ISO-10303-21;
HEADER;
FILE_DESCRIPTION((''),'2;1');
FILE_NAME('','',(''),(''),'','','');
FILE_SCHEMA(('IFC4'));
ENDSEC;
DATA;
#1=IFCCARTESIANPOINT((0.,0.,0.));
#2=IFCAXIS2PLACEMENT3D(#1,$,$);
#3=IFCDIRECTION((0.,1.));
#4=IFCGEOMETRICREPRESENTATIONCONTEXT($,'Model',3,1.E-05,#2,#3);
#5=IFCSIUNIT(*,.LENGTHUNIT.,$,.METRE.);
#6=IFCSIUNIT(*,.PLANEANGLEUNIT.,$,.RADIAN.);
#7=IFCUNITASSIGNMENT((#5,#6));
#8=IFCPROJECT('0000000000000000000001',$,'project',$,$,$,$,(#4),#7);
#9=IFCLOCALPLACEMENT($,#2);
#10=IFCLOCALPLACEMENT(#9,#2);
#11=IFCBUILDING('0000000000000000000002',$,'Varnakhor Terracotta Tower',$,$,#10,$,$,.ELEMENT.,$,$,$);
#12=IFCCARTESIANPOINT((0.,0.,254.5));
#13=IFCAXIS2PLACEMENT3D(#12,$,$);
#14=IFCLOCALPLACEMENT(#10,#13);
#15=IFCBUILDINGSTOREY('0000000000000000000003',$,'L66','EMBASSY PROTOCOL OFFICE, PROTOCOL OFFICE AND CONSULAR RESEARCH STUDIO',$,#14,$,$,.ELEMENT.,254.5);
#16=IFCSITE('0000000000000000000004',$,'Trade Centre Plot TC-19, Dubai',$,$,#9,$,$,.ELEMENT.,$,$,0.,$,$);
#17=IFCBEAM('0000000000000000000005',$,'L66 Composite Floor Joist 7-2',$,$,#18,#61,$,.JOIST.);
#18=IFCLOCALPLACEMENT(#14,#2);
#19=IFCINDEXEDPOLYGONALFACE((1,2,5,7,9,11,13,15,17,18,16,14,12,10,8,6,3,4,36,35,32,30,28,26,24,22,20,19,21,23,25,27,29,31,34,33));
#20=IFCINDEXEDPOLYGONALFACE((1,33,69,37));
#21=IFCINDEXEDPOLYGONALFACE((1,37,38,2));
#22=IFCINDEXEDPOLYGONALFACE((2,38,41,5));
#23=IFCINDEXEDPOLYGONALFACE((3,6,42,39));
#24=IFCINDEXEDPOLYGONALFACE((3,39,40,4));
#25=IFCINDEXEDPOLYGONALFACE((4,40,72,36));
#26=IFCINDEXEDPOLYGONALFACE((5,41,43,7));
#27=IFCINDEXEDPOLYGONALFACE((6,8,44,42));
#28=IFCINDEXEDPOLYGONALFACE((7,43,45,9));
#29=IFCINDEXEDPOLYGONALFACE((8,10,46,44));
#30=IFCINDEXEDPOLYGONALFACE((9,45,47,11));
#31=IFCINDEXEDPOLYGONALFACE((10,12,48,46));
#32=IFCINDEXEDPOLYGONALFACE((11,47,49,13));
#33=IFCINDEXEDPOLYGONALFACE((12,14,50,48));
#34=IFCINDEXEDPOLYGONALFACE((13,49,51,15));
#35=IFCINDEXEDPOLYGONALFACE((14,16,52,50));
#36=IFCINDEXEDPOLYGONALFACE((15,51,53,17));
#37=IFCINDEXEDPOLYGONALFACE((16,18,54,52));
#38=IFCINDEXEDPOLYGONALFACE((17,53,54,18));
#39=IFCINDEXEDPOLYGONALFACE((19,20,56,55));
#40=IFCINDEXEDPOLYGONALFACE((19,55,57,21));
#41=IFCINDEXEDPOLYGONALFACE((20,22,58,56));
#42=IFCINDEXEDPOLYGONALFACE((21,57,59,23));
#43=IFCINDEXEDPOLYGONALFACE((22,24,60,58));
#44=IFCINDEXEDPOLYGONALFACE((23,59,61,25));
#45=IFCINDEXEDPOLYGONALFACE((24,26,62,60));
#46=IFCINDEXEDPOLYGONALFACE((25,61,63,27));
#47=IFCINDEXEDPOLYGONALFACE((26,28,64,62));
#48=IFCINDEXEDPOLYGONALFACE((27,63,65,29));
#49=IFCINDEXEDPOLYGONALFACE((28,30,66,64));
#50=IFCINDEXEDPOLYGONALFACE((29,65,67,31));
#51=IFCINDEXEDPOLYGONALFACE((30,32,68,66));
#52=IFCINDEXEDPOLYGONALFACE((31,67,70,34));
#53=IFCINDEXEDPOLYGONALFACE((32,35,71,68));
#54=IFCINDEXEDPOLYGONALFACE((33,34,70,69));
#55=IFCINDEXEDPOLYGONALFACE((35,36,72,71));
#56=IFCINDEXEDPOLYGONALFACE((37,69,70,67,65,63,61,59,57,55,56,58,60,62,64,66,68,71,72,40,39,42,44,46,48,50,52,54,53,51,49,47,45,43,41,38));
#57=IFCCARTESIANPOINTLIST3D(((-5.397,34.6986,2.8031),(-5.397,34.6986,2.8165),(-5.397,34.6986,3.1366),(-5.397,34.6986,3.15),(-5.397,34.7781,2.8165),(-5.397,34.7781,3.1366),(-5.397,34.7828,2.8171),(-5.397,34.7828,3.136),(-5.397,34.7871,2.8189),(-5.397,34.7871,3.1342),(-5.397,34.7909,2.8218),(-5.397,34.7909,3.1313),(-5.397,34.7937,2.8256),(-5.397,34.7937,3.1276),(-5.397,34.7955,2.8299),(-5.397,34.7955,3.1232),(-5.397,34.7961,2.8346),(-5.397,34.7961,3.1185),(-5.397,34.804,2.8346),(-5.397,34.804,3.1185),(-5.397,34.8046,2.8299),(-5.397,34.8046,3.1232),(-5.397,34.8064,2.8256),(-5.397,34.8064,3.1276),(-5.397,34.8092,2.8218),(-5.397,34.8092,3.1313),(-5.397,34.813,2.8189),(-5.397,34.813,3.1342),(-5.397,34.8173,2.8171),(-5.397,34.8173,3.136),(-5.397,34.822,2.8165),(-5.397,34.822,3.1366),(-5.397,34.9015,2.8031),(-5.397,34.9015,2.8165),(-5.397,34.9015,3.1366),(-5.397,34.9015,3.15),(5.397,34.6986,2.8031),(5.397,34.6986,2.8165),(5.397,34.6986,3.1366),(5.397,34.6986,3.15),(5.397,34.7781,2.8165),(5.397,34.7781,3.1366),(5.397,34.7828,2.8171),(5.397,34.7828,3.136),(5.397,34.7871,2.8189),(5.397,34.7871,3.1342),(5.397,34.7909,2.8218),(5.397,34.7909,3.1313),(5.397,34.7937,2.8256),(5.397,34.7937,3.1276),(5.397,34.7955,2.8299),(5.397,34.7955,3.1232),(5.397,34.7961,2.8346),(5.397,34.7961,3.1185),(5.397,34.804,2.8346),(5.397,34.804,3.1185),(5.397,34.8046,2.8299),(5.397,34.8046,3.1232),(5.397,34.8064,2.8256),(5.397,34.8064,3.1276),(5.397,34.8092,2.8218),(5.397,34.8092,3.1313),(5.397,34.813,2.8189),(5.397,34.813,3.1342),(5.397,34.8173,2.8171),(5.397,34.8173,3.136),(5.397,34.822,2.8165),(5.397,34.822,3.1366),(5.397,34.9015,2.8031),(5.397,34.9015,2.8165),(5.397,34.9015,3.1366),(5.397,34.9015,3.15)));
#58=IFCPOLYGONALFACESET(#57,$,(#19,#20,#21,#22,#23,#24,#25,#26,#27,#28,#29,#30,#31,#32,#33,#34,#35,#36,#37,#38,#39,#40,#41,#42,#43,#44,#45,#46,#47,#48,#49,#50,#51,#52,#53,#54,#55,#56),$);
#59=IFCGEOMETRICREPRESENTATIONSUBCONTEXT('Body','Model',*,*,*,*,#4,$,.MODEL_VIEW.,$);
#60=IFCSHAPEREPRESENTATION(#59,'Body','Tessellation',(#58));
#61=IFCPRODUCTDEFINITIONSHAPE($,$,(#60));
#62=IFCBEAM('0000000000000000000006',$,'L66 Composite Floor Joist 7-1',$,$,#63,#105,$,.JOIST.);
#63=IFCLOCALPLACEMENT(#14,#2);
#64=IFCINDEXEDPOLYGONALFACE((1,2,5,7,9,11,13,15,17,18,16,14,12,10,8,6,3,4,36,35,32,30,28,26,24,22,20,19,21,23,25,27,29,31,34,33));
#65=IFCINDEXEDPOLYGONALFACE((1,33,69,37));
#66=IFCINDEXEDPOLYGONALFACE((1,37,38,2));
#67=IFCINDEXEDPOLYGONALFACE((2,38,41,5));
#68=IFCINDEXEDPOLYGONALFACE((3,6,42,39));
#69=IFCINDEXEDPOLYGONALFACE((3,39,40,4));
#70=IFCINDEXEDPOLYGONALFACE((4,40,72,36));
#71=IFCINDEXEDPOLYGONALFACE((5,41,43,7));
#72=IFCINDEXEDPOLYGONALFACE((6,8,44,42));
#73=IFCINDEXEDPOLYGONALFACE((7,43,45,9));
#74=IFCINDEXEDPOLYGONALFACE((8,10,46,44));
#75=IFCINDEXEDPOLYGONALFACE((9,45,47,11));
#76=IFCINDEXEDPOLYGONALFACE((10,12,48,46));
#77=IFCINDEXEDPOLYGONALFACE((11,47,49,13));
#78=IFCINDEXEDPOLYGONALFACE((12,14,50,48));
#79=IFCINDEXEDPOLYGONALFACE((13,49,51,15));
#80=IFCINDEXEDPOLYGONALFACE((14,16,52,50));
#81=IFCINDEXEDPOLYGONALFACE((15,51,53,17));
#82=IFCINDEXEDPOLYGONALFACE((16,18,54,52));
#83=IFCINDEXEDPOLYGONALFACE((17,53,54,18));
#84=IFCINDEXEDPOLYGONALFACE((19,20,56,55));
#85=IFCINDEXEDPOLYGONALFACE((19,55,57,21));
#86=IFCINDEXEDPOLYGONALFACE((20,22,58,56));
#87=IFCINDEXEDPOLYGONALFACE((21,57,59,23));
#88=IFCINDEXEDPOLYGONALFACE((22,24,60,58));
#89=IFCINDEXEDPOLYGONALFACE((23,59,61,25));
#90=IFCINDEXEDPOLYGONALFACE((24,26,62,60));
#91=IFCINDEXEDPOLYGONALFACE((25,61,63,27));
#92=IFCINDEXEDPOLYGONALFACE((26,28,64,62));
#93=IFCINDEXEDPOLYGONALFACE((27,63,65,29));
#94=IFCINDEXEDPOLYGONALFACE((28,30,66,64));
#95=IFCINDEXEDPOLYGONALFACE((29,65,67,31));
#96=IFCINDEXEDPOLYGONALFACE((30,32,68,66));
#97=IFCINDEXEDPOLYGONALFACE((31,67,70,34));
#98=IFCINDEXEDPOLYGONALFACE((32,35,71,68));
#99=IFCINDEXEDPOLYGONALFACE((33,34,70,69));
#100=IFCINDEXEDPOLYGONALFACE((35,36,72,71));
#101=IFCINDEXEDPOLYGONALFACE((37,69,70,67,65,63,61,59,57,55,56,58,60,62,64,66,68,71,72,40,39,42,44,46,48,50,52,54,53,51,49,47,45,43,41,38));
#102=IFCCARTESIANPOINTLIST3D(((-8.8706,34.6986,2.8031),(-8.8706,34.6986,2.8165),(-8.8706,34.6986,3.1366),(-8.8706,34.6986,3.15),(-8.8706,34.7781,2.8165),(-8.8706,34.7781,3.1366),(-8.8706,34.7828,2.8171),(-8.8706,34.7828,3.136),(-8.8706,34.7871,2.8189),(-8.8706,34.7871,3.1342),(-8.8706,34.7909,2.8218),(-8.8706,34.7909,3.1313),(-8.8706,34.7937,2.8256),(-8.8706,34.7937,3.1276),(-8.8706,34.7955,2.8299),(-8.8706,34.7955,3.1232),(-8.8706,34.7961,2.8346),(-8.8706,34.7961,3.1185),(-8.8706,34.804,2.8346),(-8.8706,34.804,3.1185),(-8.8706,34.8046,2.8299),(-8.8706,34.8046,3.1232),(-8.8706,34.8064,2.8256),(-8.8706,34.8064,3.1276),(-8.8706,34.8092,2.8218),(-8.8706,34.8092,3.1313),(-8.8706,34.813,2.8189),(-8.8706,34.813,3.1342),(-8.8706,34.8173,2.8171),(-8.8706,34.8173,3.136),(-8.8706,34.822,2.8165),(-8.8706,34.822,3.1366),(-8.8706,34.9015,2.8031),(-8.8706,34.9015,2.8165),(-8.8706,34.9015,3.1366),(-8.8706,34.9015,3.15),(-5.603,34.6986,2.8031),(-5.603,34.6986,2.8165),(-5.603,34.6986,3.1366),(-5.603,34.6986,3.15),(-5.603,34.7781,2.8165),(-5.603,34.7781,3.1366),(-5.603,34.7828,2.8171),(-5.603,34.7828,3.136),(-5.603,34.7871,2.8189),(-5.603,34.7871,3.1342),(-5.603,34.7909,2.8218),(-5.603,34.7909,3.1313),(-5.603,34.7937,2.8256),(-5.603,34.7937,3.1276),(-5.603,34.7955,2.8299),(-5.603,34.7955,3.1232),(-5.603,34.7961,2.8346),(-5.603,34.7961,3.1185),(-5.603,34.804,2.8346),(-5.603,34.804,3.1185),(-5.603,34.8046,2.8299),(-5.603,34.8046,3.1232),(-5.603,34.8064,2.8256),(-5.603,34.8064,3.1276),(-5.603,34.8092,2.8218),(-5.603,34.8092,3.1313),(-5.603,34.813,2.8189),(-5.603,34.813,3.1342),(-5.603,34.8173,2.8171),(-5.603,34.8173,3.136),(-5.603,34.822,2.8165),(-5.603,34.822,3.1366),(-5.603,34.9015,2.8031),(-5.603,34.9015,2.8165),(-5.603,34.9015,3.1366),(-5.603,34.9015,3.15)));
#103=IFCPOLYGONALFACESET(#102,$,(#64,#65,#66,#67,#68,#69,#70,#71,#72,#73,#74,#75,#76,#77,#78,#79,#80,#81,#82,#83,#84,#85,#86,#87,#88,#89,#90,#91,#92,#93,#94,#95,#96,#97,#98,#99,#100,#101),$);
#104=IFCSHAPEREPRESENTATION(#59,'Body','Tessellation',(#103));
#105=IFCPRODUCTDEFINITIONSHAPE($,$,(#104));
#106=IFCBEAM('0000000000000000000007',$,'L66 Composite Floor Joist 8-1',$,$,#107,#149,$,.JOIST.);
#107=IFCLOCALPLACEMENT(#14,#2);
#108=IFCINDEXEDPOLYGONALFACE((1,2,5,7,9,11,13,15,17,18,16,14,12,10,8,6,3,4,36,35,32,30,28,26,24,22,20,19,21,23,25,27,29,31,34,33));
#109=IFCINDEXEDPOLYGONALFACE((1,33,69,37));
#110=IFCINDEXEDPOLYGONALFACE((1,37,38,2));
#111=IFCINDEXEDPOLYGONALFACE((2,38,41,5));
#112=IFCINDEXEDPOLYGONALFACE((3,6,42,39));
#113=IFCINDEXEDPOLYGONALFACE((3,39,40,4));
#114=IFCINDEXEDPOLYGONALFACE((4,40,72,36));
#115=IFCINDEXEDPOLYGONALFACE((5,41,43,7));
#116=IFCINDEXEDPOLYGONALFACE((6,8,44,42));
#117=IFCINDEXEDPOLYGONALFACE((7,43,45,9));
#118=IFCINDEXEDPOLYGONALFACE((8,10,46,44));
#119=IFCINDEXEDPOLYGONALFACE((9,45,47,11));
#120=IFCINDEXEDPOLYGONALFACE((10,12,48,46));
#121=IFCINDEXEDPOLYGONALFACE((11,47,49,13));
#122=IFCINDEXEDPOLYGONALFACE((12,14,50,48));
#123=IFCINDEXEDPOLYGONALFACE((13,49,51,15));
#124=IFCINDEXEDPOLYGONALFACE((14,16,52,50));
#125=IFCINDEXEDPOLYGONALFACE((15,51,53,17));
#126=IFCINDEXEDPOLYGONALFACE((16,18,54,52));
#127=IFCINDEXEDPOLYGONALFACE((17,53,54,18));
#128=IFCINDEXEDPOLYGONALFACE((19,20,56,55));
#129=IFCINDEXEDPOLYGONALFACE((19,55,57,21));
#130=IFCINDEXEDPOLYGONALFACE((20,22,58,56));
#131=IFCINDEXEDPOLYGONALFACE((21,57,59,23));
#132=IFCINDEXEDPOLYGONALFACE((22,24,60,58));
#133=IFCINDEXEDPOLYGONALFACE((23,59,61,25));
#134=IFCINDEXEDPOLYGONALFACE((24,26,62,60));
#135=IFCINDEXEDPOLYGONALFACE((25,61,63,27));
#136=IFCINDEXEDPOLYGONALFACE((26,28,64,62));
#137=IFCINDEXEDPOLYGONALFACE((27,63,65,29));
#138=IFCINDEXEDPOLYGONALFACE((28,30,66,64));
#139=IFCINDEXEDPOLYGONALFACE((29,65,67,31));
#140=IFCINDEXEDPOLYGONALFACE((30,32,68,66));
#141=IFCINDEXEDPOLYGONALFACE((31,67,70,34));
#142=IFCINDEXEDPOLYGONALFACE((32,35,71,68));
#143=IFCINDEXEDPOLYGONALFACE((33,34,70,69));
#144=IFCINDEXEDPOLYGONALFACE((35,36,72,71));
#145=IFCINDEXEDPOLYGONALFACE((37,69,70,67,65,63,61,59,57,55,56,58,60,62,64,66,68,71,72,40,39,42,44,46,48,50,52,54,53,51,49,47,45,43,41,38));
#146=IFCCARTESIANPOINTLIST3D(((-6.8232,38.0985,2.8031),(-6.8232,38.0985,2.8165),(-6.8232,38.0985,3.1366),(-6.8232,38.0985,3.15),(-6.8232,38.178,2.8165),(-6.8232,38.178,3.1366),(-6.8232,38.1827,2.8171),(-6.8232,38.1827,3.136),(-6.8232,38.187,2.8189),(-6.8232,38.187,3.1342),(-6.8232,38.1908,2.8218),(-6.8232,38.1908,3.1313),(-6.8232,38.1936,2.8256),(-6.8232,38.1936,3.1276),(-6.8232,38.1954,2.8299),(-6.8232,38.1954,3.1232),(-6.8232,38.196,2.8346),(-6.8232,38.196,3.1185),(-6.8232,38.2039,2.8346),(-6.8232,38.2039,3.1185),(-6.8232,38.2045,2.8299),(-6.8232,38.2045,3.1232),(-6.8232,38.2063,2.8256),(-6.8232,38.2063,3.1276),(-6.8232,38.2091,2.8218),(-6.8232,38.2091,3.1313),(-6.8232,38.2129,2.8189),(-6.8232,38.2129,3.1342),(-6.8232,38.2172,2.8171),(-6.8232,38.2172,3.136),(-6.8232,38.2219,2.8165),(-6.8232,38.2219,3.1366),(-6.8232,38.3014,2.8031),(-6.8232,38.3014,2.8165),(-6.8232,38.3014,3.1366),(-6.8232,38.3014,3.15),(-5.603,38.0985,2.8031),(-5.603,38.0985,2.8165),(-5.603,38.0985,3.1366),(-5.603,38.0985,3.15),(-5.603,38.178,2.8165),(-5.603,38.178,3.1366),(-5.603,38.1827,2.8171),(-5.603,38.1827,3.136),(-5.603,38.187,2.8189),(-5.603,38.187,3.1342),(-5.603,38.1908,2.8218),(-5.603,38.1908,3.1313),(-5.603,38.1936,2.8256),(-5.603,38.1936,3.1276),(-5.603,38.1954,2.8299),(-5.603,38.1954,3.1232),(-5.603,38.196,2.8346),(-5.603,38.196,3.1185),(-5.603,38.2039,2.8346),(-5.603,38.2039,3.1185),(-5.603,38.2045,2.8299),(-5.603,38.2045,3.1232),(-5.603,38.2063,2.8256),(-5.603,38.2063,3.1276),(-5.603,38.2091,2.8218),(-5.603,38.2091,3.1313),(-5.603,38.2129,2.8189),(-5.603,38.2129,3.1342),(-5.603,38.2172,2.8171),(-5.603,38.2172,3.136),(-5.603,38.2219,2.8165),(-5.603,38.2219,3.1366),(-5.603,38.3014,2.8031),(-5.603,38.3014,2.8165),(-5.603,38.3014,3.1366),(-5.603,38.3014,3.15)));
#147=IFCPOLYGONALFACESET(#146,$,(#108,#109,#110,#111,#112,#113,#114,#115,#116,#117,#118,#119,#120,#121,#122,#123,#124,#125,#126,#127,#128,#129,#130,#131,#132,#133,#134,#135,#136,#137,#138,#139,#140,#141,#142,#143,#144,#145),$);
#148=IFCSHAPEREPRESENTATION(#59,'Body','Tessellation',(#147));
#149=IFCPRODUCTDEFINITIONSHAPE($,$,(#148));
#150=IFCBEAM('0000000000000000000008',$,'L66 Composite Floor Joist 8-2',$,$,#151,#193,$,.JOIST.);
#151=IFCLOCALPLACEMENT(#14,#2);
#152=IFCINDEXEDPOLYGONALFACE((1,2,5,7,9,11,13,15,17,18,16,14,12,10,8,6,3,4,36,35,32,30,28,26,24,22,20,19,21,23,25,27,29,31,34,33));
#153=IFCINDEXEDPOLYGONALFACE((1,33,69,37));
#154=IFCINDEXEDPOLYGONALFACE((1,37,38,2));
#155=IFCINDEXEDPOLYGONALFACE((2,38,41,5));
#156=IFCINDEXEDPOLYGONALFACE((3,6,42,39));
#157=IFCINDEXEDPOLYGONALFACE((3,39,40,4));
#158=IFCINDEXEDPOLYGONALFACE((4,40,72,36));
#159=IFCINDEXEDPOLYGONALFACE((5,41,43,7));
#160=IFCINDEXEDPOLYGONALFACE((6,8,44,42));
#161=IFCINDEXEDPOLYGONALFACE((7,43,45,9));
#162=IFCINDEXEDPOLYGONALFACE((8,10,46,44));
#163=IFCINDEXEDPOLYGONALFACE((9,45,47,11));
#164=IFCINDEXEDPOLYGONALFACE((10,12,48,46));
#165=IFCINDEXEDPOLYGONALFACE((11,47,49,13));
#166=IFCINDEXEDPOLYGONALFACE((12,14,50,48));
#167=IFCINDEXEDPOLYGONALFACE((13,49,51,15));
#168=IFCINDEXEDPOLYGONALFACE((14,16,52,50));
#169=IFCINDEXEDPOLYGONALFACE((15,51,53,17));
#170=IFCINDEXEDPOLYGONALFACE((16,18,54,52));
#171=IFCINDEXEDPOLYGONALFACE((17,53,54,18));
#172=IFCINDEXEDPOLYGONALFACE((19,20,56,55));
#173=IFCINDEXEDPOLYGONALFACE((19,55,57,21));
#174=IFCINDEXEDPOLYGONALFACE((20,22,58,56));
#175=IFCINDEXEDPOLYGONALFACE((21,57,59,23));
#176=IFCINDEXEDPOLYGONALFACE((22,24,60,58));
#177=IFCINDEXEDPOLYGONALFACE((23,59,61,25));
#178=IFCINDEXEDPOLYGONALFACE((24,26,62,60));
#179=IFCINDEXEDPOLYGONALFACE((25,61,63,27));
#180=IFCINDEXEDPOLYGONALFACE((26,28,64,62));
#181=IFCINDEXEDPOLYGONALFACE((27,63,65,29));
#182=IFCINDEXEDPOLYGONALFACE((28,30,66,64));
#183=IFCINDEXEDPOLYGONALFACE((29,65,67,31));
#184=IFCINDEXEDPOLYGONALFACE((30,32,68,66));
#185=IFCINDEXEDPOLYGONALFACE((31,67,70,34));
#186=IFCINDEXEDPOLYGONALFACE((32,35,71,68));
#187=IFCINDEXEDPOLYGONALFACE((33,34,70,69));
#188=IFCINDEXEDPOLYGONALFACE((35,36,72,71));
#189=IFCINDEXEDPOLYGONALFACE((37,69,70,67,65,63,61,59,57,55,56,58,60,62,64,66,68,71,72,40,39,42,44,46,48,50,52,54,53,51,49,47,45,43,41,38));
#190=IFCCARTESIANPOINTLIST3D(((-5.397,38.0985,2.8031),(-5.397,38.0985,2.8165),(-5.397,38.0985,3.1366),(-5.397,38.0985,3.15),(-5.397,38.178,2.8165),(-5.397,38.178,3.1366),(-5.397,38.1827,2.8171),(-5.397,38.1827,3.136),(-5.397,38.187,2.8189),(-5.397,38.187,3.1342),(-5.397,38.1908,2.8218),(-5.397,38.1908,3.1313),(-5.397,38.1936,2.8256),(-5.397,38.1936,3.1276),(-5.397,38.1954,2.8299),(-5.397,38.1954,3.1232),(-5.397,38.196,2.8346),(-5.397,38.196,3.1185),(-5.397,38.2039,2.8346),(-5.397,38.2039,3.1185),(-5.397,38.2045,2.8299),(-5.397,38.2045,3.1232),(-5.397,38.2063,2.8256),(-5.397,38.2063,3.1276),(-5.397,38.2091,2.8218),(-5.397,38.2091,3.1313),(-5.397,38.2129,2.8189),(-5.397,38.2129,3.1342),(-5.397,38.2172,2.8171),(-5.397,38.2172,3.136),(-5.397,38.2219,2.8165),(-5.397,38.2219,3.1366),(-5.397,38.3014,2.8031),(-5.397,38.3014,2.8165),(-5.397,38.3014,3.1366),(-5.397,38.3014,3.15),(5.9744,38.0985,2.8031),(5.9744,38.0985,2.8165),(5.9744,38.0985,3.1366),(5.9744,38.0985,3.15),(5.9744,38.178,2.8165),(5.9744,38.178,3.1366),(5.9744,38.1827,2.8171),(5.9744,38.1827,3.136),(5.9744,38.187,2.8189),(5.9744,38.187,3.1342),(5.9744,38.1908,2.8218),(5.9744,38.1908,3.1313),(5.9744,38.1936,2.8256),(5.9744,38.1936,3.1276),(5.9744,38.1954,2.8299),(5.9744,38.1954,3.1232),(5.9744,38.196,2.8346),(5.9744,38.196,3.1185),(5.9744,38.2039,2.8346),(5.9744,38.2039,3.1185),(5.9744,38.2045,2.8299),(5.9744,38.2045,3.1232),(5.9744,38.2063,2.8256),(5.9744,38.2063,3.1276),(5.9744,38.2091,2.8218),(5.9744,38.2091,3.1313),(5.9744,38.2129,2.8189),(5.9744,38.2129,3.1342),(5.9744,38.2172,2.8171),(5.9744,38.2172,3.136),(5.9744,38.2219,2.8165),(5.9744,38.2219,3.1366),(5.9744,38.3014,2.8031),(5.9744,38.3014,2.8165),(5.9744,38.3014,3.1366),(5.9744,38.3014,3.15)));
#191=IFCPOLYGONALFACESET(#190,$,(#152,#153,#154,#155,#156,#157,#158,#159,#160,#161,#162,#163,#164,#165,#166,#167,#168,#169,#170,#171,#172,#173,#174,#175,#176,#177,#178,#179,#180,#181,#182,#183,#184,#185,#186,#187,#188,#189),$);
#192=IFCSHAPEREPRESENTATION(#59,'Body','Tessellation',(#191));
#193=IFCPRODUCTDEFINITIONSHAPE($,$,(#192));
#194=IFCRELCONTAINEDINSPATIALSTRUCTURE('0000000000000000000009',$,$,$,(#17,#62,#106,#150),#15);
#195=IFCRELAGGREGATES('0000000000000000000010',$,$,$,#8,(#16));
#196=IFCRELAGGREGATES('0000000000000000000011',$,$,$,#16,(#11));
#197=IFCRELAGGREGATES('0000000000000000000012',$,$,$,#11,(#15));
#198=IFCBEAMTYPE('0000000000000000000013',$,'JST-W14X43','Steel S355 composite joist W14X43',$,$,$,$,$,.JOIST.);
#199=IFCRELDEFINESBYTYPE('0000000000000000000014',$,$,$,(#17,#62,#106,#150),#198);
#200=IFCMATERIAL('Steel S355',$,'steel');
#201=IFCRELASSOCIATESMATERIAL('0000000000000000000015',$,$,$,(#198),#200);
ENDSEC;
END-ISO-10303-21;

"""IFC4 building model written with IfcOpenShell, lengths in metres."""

from ifc_helpers import new_model, si_unit, direction, frame, origin, origin_2d, place, context, subcontext, project, spatial, i_section, extrude, source, transform, mapped, material, material_profile, profile_set, type_object, element, save


model = new_model("IFC4")

# Units and contexts
model_context = context("Model", 3, precision=1e-05, world=origin(), true_north=direction((0.0, 1.0)))
body_context = subcontext(model_context, "Body", "Model", "MODEL_VIEW")
ifc_project = project(units=[si_unit("LENGTHUNIT", "METRE"), si_unit("PLANEANGLEUNIT", "RADIAN")], contexts=[model_context])

# Site, building, storey
site_placement = place(None, origin())
site = spatial("IfcSite", under=ifc_project, at=site_placement, Name="Trade Centre Plot TC-19, Dubai", CompositionType="ELEMENT", RefElevation=0.0)
building_placement = place(site_placement, origin())
building = spatial("IfcBuilding", under=site, at=building_placement, Name="Varnakhor Terracotta Tower", CompositionType="ELEMENT")
storey_placement = place(building_placement, frame((0.0, 0.0, 254.5)))
storey = spatial("IfcBuildingStorey", under=building, at=storey_placement, Name="L66", Description="EMBASSY PROTOCOL OFFICE, PROTOCOL OFFICE AND CONSULAR RESEARCH STUDIO", CompositionType="ELEMENT", Elevation=254.5)

# Beams
ifc_material_1 = material(Name="Steel S355", Category="steel")
ifc_material_profile_1 = material_profile(ifc_material_1, i_section(OverallWidth=0.2029, OverallDepth=0.3469, WebThickness=0.0078, FlangeThickness=0.0134, FilletRadius=0.0181, at=origin_2d()), Name="W14X43")
ifc_profile_set_1 = profile_set([ifc_material_profile_1], Name="Steel S355")
beam_type = type_object("IfcBeamType", Name="JST-W14X43", Description="Steel S355 composite joist W14X43", PredefinedType="JOIST", material=ifc_profile_set_1)
shared_shape_1 = source(origin(), body_context, "Body", "SweptSolid", [
    extrude(i_section(OverallWidth=0.2029, OverallDepth=0.3469, WebThickness=0.0078, FlangeThickness=0.0134, FilletRadius=0.0181, at=origin_2d()), origin(), (0.0, 0.0, 1.0), 10.7939),
])
beam_1_placement = place(storey_placement, frame((-5.397, 34.8, 2.9766), z_axis=(1.0, 0.0, 0.0), x_axis=(0.0, 1.0, 0.0)))
element("IfcBeam", 1, at=beam_1_placement, inside=storey, type_object=beam_type, Name="L66 Composite Floor Joist 7-2", PredefinedType="JOIST", context=body_context, shape_type="MappedRepresentation", body=[
    mapped(shared_shape_1, transform((0.0, 0.0, 0.0), scale=1.0)),
])
shared_shape_2 = source(origin(), body_context, "Body", "SweptSolid", [
    extrude(i_section(OverallWidth=0.2029, OverallDepth=0.3469, WebThickness=0.0078, FlangeThickness=0.0134, FilletRadius=0.0181, at=origin_2d()), origin(), (0.0, 0.0, 1.0), 3.2676),
])
beam_2_placement = place(storey_placement, frame((-8.8706, 34.8, 2.9766), z_axis=(1.0, 0.0, 0.0), x_axis=(0.0, 1.0, 0.0)))
element("IfcBeam", 2, at=beam_2_placement, inside=storey, type_object=beam_type, Name="L66 Composite Floor Joist 7-1", PredefinedType="JOIST", context=body_context, shape_type="MappedRepresentation", body=[
    mapped(shared_shape_2, transform((0.0, 0.0, 0.0), scale=1.0)),
])
shared_shape_3 = source(origin(), body_context, "Body", "SweptSolid", [
    extrude(i_section(OverallWidth=0.2029, OverallDepth=0.3469, WebThickness=0.0078, FlangeThickness=0.0134, FilletRadius=0.0181, at=origin_2d()), origin(), (0.0, 0.0, 1.0), 1.2202),
])
beam_3_placement = place(storey_placement, frame((-6.8232, 38.2, 2.9766), z_axis=(1.0, 0.0, 0.0), x_axis=(0.0, 1.0, 0.0)))
element("IfcBeam", 3, at=beam_3_placement, inside=storey, type_object=beam_type, Name="L66 Composite Floor Joist 8-1", PredefinedType="JOIST", context=body_context, shape_type="MappedRepresentation", body=[
    mapped(shared_shape_3, transform((0.0, 0.0, 0.0), scale=1.0)),
])
shared_shape_4 = source(origin(), body_context, "Body", "SweptSolid", [
    extrude(i_section(OverallWidth=0.2029, OverallDepth=0.3469, WebThickness=0.0078, FlangeThickness=0.0134, FilletRadius=0.0181, at=origin_2d()), origin(), (0.0, 0.0, 1.0), 11.3713),
])
beam_4_placement = place(storey_placement, frame((-5.397, 38.2, 2.9766), z_axis=(1.0, 0.0, 0.0), x_axis=(0.0, 1.0, 0.0)))
element("IfcBeam", 4, at=beam_4_placement, inside=storey, type_object=beam_type, Name="L66 Composite Floor Joist 8-2", PredefinedType="JOIST", context=body_context, shape_type="MappedRepresentation", body=[
    mapped(shared_shape_4, transform((0.0, 0.0, 0.0), scale=1.0)),
])

save(model, "model.ifc")
